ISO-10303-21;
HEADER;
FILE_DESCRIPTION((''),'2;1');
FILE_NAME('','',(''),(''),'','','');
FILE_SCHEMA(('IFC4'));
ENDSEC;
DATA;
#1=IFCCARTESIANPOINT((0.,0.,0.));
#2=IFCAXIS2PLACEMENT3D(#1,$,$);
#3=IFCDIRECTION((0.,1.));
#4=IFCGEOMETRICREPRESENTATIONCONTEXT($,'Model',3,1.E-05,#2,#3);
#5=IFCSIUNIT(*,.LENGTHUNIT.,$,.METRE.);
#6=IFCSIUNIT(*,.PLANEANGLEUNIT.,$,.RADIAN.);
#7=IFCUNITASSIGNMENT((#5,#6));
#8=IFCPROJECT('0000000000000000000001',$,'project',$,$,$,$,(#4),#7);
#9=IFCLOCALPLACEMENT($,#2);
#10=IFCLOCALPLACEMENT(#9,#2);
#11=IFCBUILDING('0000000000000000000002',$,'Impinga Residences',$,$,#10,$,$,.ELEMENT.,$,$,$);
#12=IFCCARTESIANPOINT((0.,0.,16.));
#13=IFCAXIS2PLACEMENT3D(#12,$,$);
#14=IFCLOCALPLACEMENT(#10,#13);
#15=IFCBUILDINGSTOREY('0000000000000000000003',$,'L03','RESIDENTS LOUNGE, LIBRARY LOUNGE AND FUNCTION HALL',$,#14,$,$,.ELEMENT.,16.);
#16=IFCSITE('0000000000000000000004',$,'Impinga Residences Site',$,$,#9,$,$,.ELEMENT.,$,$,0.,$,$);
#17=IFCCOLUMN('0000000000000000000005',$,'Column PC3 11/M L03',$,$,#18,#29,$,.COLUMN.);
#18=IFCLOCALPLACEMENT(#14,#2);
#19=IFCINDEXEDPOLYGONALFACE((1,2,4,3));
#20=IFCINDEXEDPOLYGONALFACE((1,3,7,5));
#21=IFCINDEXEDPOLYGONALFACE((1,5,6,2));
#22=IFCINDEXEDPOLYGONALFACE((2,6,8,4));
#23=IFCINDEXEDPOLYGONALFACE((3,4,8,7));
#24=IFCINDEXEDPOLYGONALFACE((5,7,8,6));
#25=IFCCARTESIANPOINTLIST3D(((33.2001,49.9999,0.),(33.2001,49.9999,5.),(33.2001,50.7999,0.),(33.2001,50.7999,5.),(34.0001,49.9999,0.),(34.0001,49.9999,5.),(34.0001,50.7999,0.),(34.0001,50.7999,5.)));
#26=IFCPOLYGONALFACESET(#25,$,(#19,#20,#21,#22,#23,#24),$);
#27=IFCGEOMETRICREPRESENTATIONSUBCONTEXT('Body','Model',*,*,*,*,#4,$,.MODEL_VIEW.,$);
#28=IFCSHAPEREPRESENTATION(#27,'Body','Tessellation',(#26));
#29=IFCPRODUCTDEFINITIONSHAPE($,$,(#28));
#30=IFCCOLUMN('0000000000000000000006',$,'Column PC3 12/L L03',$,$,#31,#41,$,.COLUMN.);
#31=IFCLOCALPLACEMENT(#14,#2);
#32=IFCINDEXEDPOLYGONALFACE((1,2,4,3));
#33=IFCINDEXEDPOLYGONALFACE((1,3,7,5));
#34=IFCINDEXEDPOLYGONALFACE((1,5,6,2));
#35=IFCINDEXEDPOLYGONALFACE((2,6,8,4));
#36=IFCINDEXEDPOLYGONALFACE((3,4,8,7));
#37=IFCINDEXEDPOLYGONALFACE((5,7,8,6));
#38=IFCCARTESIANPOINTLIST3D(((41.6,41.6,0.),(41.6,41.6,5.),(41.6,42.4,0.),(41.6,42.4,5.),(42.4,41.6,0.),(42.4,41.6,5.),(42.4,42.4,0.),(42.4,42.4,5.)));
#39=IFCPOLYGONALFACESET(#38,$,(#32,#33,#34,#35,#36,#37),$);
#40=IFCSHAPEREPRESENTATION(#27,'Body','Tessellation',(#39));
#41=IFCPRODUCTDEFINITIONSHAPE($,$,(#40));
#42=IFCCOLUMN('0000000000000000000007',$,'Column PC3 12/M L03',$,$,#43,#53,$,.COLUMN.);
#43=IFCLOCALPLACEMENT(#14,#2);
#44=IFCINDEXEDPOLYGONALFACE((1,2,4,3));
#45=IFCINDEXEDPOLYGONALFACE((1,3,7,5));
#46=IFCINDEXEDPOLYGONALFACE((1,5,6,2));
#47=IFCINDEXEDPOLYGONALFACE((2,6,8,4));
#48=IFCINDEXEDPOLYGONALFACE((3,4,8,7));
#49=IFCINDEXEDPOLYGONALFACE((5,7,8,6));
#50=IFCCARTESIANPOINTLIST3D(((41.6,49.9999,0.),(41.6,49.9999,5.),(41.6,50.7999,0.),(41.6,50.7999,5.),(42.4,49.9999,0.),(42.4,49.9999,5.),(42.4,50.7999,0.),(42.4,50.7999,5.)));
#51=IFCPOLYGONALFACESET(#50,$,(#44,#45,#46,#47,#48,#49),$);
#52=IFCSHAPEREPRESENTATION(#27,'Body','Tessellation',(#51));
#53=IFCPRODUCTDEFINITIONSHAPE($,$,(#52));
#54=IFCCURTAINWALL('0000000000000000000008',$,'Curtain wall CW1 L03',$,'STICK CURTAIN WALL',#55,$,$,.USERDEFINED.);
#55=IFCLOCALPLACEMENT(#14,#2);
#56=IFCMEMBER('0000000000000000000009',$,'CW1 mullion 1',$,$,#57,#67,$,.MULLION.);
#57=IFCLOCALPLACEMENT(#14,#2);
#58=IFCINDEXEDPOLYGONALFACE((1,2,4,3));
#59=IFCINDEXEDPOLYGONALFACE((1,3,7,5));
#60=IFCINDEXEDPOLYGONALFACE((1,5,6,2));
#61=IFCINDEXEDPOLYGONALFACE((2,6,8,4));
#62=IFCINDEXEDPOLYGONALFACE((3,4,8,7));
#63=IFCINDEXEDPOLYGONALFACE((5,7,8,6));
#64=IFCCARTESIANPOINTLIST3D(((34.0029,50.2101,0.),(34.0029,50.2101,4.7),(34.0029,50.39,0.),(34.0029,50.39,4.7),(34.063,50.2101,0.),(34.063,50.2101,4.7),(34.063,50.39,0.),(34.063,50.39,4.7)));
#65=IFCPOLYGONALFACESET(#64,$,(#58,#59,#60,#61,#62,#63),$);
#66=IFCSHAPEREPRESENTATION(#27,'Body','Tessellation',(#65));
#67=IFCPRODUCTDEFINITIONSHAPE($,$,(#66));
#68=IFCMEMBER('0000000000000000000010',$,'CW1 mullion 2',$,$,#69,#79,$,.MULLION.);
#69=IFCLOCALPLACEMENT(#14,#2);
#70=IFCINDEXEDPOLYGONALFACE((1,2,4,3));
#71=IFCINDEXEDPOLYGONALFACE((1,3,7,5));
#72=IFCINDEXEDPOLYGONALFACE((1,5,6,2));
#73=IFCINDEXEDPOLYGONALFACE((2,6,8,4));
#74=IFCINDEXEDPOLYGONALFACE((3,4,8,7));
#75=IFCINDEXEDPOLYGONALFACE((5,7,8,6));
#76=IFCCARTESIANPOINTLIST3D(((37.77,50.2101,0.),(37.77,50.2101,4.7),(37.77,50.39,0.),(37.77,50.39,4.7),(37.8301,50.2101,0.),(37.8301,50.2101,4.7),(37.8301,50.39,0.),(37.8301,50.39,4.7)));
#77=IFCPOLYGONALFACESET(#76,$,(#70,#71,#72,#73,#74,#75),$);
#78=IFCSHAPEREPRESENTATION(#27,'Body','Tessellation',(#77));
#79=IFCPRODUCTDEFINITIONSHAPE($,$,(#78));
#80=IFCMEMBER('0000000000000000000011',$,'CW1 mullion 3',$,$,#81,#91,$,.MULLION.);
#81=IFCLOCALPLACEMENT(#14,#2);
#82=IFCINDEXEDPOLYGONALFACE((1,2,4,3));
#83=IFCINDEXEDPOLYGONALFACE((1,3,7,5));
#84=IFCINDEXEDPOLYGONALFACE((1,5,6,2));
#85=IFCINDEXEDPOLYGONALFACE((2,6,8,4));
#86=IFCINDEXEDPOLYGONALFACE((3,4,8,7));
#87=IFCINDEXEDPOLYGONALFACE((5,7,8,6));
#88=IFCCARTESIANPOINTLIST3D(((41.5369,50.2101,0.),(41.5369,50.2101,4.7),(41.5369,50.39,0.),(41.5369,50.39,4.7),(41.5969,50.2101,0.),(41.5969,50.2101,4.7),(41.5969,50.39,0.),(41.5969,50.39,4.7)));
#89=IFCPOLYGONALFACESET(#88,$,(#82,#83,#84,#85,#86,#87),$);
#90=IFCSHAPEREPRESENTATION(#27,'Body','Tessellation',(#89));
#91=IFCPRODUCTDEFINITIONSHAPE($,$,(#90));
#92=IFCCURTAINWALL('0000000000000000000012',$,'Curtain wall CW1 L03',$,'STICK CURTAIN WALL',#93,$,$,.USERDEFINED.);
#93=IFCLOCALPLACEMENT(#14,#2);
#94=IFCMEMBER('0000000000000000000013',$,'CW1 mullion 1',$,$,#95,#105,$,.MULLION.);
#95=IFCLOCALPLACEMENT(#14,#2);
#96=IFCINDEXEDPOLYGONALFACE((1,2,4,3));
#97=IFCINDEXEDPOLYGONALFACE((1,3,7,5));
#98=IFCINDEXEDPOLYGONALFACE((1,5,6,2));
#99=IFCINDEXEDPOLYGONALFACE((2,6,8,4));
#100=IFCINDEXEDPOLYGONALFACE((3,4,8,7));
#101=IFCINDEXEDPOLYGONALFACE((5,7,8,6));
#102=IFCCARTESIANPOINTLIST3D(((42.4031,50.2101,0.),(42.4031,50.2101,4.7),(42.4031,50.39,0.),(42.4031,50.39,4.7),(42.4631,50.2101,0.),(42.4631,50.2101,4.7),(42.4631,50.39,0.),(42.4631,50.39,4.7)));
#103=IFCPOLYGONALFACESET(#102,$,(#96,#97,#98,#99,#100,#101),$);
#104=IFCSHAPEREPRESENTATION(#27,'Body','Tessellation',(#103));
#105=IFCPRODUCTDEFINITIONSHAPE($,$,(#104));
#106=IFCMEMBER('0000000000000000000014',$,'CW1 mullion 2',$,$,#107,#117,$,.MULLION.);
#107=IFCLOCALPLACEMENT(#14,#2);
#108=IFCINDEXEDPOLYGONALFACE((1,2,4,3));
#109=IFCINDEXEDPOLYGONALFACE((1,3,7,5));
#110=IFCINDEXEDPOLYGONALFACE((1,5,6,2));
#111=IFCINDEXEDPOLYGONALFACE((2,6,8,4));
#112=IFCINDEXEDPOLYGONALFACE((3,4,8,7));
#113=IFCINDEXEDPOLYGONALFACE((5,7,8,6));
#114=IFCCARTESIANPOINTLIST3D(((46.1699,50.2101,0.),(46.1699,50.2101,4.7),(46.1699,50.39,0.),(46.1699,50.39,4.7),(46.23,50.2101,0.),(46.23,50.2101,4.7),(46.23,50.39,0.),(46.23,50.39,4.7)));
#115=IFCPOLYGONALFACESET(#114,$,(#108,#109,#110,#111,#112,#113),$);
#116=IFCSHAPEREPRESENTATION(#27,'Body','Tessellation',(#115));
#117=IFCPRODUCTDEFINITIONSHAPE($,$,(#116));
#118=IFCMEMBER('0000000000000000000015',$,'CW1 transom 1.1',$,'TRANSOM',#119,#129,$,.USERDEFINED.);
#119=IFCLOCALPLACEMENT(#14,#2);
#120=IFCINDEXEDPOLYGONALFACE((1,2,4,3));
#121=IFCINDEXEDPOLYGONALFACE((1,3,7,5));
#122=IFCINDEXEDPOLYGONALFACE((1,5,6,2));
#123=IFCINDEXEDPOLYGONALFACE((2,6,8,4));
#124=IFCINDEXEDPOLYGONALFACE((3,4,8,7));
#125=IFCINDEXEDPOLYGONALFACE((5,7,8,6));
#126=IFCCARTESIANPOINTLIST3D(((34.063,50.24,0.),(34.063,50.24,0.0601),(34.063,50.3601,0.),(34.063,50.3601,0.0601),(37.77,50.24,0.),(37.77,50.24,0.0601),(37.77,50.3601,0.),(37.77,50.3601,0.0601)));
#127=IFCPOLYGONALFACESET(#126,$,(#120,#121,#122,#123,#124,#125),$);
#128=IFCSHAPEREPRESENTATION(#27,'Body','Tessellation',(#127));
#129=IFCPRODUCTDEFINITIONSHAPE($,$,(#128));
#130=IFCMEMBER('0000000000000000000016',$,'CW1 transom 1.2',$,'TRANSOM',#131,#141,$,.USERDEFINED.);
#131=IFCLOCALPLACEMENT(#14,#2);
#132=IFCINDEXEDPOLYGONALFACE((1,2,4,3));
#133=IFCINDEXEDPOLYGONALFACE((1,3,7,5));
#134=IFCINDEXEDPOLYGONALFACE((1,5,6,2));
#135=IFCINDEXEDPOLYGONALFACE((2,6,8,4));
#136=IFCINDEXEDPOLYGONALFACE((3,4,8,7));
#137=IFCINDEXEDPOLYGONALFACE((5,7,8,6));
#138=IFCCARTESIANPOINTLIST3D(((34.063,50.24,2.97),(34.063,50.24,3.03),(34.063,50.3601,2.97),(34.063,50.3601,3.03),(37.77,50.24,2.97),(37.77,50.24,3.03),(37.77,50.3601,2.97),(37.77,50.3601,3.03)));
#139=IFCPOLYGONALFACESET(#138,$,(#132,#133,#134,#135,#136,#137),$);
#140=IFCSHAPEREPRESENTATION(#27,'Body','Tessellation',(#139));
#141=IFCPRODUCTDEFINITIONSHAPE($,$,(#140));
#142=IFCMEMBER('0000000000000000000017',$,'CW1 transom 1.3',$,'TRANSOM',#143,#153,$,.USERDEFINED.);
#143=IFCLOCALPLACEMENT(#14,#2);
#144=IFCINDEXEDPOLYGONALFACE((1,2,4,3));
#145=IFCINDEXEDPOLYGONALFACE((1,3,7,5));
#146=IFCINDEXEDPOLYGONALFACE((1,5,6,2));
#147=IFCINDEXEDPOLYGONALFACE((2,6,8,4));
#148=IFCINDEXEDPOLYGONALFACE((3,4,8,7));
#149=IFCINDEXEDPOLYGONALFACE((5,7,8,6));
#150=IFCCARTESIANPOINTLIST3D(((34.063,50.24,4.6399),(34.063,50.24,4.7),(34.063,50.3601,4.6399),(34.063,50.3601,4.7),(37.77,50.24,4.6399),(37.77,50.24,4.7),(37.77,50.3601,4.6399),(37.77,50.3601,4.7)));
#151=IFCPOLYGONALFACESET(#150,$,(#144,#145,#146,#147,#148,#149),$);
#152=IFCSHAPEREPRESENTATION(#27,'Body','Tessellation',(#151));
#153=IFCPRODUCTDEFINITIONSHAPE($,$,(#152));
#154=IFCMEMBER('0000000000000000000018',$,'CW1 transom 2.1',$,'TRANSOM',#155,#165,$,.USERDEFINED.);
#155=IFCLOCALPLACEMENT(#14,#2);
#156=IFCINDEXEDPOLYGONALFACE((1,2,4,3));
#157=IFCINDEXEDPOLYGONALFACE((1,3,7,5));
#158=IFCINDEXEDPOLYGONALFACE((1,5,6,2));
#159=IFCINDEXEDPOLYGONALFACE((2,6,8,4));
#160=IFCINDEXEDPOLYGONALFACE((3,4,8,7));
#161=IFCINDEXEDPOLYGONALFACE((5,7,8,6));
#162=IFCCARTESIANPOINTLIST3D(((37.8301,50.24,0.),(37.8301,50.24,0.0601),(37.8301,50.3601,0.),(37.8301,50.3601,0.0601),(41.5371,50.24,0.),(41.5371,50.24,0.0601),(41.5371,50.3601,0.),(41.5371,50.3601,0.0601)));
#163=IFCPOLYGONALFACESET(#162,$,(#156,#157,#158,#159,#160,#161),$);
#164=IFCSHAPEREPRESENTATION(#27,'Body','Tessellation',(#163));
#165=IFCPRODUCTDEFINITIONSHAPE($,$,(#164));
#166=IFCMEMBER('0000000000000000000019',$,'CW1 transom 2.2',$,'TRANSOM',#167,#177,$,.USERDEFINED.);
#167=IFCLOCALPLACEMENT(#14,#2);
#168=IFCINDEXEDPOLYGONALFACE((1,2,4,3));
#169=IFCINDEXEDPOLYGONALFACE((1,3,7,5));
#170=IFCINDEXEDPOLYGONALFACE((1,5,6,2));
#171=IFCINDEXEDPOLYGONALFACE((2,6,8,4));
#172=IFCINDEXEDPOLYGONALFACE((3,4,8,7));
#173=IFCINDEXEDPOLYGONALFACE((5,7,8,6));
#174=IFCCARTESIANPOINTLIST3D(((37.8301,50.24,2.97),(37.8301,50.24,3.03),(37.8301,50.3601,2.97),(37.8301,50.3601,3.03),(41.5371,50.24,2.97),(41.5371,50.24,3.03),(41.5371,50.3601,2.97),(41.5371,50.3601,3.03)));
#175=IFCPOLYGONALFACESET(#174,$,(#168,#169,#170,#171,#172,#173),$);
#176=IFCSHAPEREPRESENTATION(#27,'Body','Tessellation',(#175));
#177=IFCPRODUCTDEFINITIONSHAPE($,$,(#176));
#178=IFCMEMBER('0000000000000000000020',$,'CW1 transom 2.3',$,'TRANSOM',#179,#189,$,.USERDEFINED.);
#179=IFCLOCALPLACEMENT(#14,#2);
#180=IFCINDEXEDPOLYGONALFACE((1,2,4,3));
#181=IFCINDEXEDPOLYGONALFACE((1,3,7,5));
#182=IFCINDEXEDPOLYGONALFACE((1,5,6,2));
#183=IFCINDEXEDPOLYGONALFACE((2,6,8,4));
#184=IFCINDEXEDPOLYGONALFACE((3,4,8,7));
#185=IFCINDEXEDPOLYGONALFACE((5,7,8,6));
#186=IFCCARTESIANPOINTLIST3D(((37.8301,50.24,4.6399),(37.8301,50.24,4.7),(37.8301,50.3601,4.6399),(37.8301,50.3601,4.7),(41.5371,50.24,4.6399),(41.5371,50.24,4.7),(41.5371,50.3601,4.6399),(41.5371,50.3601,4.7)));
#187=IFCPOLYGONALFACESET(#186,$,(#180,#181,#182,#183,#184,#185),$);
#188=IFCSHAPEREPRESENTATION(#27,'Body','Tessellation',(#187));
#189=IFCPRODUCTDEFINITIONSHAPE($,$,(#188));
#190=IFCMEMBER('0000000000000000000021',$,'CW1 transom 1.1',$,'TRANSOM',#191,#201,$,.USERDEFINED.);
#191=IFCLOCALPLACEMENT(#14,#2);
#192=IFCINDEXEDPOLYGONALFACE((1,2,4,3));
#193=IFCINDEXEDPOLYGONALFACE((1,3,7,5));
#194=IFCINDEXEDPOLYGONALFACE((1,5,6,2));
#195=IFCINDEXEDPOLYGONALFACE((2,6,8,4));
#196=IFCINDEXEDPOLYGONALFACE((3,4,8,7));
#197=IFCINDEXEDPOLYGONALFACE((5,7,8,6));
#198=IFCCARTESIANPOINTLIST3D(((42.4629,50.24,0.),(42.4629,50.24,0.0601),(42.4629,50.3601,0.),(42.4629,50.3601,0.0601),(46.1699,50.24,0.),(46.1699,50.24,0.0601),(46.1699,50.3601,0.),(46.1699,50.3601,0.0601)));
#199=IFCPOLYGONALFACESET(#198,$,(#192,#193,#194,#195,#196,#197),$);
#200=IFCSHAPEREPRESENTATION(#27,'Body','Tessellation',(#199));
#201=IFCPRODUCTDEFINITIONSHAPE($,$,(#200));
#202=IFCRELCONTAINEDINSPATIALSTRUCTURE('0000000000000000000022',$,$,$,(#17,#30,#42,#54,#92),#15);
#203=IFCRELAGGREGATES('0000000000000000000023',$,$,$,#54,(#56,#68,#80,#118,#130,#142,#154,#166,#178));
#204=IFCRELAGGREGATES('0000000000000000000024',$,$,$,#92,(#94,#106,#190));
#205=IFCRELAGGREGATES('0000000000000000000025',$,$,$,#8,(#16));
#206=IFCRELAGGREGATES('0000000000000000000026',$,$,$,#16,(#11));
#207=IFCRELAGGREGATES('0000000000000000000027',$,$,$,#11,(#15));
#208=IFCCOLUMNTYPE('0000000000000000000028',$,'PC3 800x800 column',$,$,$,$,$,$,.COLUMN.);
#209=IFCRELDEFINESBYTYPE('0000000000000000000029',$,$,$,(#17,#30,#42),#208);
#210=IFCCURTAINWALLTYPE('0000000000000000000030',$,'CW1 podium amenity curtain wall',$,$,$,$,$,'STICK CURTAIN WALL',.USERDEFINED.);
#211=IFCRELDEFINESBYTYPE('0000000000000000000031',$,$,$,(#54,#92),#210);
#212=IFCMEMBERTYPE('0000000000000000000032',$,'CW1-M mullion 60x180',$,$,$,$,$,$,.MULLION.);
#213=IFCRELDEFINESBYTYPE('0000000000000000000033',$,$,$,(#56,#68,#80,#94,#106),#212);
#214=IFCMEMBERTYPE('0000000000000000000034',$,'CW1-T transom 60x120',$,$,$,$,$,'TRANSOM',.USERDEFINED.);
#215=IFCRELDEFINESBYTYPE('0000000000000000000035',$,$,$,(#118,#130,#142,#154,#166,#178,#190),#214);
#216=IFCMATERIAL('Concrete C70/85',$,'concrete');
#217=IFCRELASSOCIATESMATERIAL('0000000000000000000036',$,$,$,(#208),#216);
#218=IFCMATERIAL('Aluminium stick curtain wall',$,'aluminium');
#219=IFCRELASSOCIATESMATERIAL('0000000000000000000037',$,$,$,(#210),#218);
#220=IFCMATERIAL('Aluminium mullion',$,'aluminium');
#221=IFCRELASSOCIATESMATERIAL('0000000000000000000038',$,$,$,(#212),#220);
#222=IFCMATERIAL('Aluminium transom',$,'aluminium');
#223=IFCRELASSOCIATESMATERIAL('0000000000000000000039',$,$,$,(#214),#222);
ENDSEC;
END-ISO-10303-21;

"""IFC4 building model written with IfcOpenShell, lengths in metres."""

from ifc_helpers import new_model, si_unit, direction, frame, origin, origin_2d, place, context, subcontext, project, spatial, rectangle, extrude, material, material_profile, profile_set, type_object, element, aggregate, save


model = new_model("IFC4")

# Units and contexts
model_context = context("Model", 3, precision=1e-05, world=origin(), true_north=direction((0.0, 1.0)))
body_context = subcontext(model_context, "Body", "Model", "MODEL_VIEW")
ifc_project = project(units=[si_unit("LENGTHUNIT", "METRE"), si_unit("PLANEANGLEUNIT", "RADIAN")], contexts=[model_context])

# Site, building, storey
site_placement = place(None, origin())
site = spatial("IfcSite", under=ifc_project, at=site_placement, Name="Impinga Residences Site", CompositionType="ELEMENT", RefElevation=0.0)
building_placement = place(site_placement, origin())
building = spatial("IfcBuilding", under=site, at=building_placement, Name="Impinga Residences", CompositionType="ELEMENT")
storey_placement = place(building_placement, frame((0.0, 0.0, 16.0)))
storey = spatial("IfcBuildingStorey", under=building, at=storey_placement, Name="L03", Description="RESIDENTS LOUNGE, LIBRARY LOUNGE AND FUNCTION HALL", CompositionType="ELEMENT", Elevation=16.0)

# Columns
ifc_material_1 = material(Name="Concrete C70/85", Category="concrete")
ifc_material_profile_1 = material_profile(ifc_material_1, rectangle(XDim=0.8, YDim=0.8, at=origin_2d()), Name="RC 800x800")
ifc_profile_set_1 = profile_set([ifc_material_profile_1], Name="Concrete C70/85")
column_type = type_object("IfcColumnType", Name="PC3 800x800 column", PredefinedType="COLUMN", material=ifc_profile_set_1)
for number, where, z_axis, x_axis, name in (
    (1, (33.6001, 50.3999, 0.0), (0.0, 0.0, 1.0), (1.0, 0.0, 0.0), "Column PC3 11/M L03"),
    (2, (42.0, 42.0, 0.0), (0.0, 0.0, 1.0), (1.0, 0.0, 0.0), "Column PC3 12/L L03"),
    (3, (42.0, 50.3999, 0.0), (0.0, 0.0, 1.0), (1.0, 0.0, 0.0), "Column PC3 12/M L03"),
):
    element("IfcColumn", number, at=place(storey_placement, frame(where, z_axis=z_axis, x_axis=x_axis)), inside=storey, type_object=column_type, Name=name, PredefinedType="COLUMN", context=body_context, shape_type="SweptSolid", body=[
        extrude(rectangle(XDim=0.8, YDim=0.8, at=origin_2d()), origin(), (0.0, 0.0, 1.0), 5.0),
    ])

# Curtain walls, members
ifc_material_2 = material(Name="Aluminium stick curtain wall", Category="aluminium")
curtain_wall_type = type_object("IfcCurtainWallType", Name="CW1 podium amenity curtain wall", ElementType="STICK CURTAIN WALL", PredefinedType="USERDEFINED", material=ifc_material_2)
curtain_wall_1_placement = place(storey_placement, origin())
curtain_wall_1 = element("IfcCurtainWall", 4, at=curtain_wall_1_placement, inside=storey, type_object=curtain_wall_type, Name="Curtain wall CW1 L03", ObjectType="STICK CURTAIN WALL", PredefinedType="USERDEFINED")
ifc_material_3 = material(Name="Aluminium mullion", Category="aluminium")
ifc_material_profile_2 = material_profile(ifc_material_3, rectangle(XDim=0.0601, YDim=0.1799, at=origin_2d()), Name="60x180 mullion")
ifc_profile_set_2 = profile_set([ifc_material_profile_2], Name="Aluminium mullion")
member_type_1 = type_object("IfcMemberType", Name="CW1-M mullion 60x180", PredefinedType="MULLION", material=ifc_profile_set_2)
member_1_placement = place(storey_placement, frame((34.033, 50.3, 0.0), z_axis=(0.0, 0.0, 1.0), x_axis=(1.0, 0.0, 0.0)))
member_1 = element("IfcMember", 5, at=member_1_placement, type_object=member_type_1, Name="CW1 mullion 1", PredefinedType="MULLION", context=body_context, shape_type="SweptSolid", body=[
    extrude(rectangle(XDim=0.0601, YDim=0.1799, at=origin_2d()), origin(), (0.0, 0.0, 1.0), 4.7),
])
member_2_placement = place(storey_placement, frame((37.8, 50.3, 0.0), z_axis=(0.0, 0.0, 1.0), x_axis=(1.0, 0.0, 0.0)))
member_2 = element("IfcMember", 6, at=member_2_placement, type_object=member_type_1, Name="CW1 mullion 2", PredefinedType="MULLION", context=body_context, shape_type="SweptSolid", body=[
    extrude(rectangle(XDim=0.0601, YDim=0.1799, at=origin_2d()), origin(), (0.0, 0.0, 1.0), 4.7),
])
member_3_placement = place(storey_placement, frame((41.5669, 50.3, 0.0), z_axis=(0.0, 0.0, 1.0), x_axis=(1.0, 0.0, 0.0)))
member_3 = element("IfcMember", 7, at=member_3_placement, type_object=member_type_1, Name="CW1 mullion 3", PredefinedType="MULLION", context=body_context, shape_type="SweptSolid", body=[
    extrude(rectangle(XDim=0.0601, YDim=0.1799, at=origin_2d()), origin(), (0.0, 0.0, 1.0), 4.7),
])
curtain_wall_2_placement = place(storey_placement, origin())
curtain_wall_2 = element("IfcCurtainWall", 8, at=curtain_wall_2_placement, inside=storey, type_object=curtain_wall_type, Name="Curtain wall CW1 L03", ObjectType="STICK CURTAIN WALL", PredefinedType="USERDEFINED")
member_4_placement = place(storey_placement, frame((42.4331, 50.3, 0.0), z_axis=(0.0, 0.0, 1.0), x_axis=(1.0, 0.0, 0.0)))
member_4 = element("IfcMember", 9, at=member_4_placement, type_object=member_type_1, Name="CW1 mullion 1", PredefinedType="MULLION", context=body_context, shape_type="SweptSolid", body=[
    extrude(rectangle(XDim=0.0601, YDim=0.1799, at=origin_2d()), origin(), (0.0, 0.0, 1.0), 4.7),
])
member_5_placement = place(storey_placement, frame((46.2, 50.3, 0.0), z_axis=(0.0, 0.0, 1.0), x_axis=(1.0, 0.0, 0.0)))
member_5 = element("IfcMember", 10, at=member_5_placement, type_object=member_type_1, Name="CW1 mullion 2", PredefinedType="MULLION", context=body_context, shape_type="SweptSolid", body=[
    extrude(rectangle(XDim=0.0601, YDim=0.1799, at=origin_2d()), origin(), (0.0, 0.0, 1.0), 4.7),
])

# Members
ifc_material_4 = material(Name="Aluminium transom", Category="aluminium")
ifc_material_profile_3 = material_profile(ifc_material_4, rectangle(XDim=0.0601, YDim=0.1201, at=origin_2d()), Name="60x120 transom")
ifc_profile_set_3 = profile_set([ifc_material_profile_3], Name="Aluminium transom")
member_type_2 = type_object("IfcMemberType", Name="CW1-T transom 60x120", ElementType="TRANSOM", PredefinedType="USERDEFINED", material=ifc_profile_set_3)
member_6_placement = place(storey_placement, frame((34.063, 50.3, 0.03), z_axis=(1.0, 0.0, 0.0), x_axis=(0.0, 0.0, 1.0)))
member_6 = element("IfcMember", 11, at=member_6_placement, type_object=member_type_2, Name="CW1 transom 1.1", ObjectType="TRANSOM", PredefinedType="USERDEFINED", context=body_context, shape_type="SweptSolid", body=[
    extrude(rectangle(XDim=0.0601, YDim=0.1201, at=origin_2d()), origin(), (0.0, 0.0, 1.0), 3.707),
])
member_7_placement = place(storey_placement, frame((34.063, 50.3, 3.0), z_axis=(1.0, 0.0, 0.0), x_axis=(0.0, 0.0, 1.0)))
member_7 = element("IfcMember", 12, at=member_7_placement, type_object=member_type_2, Name="CW1 transom 1.2", ObjectType="TRANSOM", PredefinedType="USERDEFINED", context=body_context, shape_type="SweptSolid", body=[
    extrude(rectangle(XDim=0.0601, YDim=0.1201, at=origin_2d()), origin(), (0.0, 0.0, 1.0), 3.707),
])
member_8_placement = place(storey_placement, frame((34.063, 50.3, 4.6699), z_axis=(1.0, 0.0, 0.0), x_axis=(0.0, 0.0, 1.0)))
member_8 = element("IfcMember", 13, at=member_8_placement, type_object=member_type_2, Name="CW1 transom 1.3", ObjectType="TRANSOM", PredefinedType="USERDEFINED", context=body_context, shape_type="SweptSolid", body=[
    extrude(rectangle(XDim=0.0601, YDim=0.1201, at=origin_2d()), origin(), (0.0, 0.0, 1.0), 3.707),
])
member_9_placement = place(storey_placement, frame((37.8301, 50.3, 0.03), z_axis=(1.0, 0.0, 0.0), x_axis=(0.0, 0.0, 1.0)))
member_9 = element("IfcMember", 14, at=member_9_placement, type_object=member_type_2, Name="CW1 transom 2.1", ObjectType="TRANSOM", PredefinedType="USERDEFINED", context=body_context, shape_type="SweptSolid", body=[
    extrude(rectangle(XDim=0.0601, YDim=0.1201, at=origin_2d()), origin(), (0.0, 0.0, 1.0), 3.707),
])
member_10_placement = place(storey_placement, frame((37.8301, 50.3, 3.0), z_axis=(1.0, 0.0, 0.0), x_axis=(0.0, 0.0, 1.0)))
member_10 = element("IfcMember", 15, at=member_10_placement, type_object=member_type_2, Name="CW1 transom 2.2", ObjectType="TRANSOM", PredefinedType="USERDEFINED", context=body_context, shape_type="SweptSolid", body=[
    extrude(rectangle(XDim=0.0601, YDim=0.1201, at=origin_2d()), origin(), (0.0, 0.0, 1.0), 3.707),
])
member_11_placement = place(storey_placement, frame((37.8301, 50.3, 4.6699), z_axis=(1.0, 0.0, 0.0), x_axis=(0.0, 0.0, 1.0)))
member_11 = element("IfcMember", 16, at=member_11_placement, type_object=member_type_2, Name="CW1 transom 2.3", ObjectType="TRANSOM", PredefinedType="USERDEFINED", context=body_context, shape_type="SweptSolid", body=[
    extrude(rectangle(XDim=0.0601, YDim=0.1201, at=origin_2d()), origin(), (0.0, 0.0, 1.0), 3.707),
])
member_12_placement = place(storey_placement, frame((42.4629, 50.3, 0.03), z_axis=(1.0, 0.0, 0.0), x_axis=(0.0, 0.0, 1.0)))
member_12 = element("IfcMember", 17, at=member_12_placement, type_object=member_type_2, Name="CW1 transom 1.1", ObjectType="TRANSOM", PredefinedType="USERDEFINED", context=body_context, shape_type="SweptSolid", body=[
    extrude(rectangle(XDim=0.0601, YDim=0.1201, at=origin_2d()), origin(), (0.0, 0.0, 1.0), 3.707),
])

aggregate(curtain_wall_1, [member_1, member_2, member_3, member_6, member_7, member_8, member_9, member_10, member_11])
aggregate(curtain_wall_2, [member_4, member_5, member_12])

save(model, "model.ifc")
